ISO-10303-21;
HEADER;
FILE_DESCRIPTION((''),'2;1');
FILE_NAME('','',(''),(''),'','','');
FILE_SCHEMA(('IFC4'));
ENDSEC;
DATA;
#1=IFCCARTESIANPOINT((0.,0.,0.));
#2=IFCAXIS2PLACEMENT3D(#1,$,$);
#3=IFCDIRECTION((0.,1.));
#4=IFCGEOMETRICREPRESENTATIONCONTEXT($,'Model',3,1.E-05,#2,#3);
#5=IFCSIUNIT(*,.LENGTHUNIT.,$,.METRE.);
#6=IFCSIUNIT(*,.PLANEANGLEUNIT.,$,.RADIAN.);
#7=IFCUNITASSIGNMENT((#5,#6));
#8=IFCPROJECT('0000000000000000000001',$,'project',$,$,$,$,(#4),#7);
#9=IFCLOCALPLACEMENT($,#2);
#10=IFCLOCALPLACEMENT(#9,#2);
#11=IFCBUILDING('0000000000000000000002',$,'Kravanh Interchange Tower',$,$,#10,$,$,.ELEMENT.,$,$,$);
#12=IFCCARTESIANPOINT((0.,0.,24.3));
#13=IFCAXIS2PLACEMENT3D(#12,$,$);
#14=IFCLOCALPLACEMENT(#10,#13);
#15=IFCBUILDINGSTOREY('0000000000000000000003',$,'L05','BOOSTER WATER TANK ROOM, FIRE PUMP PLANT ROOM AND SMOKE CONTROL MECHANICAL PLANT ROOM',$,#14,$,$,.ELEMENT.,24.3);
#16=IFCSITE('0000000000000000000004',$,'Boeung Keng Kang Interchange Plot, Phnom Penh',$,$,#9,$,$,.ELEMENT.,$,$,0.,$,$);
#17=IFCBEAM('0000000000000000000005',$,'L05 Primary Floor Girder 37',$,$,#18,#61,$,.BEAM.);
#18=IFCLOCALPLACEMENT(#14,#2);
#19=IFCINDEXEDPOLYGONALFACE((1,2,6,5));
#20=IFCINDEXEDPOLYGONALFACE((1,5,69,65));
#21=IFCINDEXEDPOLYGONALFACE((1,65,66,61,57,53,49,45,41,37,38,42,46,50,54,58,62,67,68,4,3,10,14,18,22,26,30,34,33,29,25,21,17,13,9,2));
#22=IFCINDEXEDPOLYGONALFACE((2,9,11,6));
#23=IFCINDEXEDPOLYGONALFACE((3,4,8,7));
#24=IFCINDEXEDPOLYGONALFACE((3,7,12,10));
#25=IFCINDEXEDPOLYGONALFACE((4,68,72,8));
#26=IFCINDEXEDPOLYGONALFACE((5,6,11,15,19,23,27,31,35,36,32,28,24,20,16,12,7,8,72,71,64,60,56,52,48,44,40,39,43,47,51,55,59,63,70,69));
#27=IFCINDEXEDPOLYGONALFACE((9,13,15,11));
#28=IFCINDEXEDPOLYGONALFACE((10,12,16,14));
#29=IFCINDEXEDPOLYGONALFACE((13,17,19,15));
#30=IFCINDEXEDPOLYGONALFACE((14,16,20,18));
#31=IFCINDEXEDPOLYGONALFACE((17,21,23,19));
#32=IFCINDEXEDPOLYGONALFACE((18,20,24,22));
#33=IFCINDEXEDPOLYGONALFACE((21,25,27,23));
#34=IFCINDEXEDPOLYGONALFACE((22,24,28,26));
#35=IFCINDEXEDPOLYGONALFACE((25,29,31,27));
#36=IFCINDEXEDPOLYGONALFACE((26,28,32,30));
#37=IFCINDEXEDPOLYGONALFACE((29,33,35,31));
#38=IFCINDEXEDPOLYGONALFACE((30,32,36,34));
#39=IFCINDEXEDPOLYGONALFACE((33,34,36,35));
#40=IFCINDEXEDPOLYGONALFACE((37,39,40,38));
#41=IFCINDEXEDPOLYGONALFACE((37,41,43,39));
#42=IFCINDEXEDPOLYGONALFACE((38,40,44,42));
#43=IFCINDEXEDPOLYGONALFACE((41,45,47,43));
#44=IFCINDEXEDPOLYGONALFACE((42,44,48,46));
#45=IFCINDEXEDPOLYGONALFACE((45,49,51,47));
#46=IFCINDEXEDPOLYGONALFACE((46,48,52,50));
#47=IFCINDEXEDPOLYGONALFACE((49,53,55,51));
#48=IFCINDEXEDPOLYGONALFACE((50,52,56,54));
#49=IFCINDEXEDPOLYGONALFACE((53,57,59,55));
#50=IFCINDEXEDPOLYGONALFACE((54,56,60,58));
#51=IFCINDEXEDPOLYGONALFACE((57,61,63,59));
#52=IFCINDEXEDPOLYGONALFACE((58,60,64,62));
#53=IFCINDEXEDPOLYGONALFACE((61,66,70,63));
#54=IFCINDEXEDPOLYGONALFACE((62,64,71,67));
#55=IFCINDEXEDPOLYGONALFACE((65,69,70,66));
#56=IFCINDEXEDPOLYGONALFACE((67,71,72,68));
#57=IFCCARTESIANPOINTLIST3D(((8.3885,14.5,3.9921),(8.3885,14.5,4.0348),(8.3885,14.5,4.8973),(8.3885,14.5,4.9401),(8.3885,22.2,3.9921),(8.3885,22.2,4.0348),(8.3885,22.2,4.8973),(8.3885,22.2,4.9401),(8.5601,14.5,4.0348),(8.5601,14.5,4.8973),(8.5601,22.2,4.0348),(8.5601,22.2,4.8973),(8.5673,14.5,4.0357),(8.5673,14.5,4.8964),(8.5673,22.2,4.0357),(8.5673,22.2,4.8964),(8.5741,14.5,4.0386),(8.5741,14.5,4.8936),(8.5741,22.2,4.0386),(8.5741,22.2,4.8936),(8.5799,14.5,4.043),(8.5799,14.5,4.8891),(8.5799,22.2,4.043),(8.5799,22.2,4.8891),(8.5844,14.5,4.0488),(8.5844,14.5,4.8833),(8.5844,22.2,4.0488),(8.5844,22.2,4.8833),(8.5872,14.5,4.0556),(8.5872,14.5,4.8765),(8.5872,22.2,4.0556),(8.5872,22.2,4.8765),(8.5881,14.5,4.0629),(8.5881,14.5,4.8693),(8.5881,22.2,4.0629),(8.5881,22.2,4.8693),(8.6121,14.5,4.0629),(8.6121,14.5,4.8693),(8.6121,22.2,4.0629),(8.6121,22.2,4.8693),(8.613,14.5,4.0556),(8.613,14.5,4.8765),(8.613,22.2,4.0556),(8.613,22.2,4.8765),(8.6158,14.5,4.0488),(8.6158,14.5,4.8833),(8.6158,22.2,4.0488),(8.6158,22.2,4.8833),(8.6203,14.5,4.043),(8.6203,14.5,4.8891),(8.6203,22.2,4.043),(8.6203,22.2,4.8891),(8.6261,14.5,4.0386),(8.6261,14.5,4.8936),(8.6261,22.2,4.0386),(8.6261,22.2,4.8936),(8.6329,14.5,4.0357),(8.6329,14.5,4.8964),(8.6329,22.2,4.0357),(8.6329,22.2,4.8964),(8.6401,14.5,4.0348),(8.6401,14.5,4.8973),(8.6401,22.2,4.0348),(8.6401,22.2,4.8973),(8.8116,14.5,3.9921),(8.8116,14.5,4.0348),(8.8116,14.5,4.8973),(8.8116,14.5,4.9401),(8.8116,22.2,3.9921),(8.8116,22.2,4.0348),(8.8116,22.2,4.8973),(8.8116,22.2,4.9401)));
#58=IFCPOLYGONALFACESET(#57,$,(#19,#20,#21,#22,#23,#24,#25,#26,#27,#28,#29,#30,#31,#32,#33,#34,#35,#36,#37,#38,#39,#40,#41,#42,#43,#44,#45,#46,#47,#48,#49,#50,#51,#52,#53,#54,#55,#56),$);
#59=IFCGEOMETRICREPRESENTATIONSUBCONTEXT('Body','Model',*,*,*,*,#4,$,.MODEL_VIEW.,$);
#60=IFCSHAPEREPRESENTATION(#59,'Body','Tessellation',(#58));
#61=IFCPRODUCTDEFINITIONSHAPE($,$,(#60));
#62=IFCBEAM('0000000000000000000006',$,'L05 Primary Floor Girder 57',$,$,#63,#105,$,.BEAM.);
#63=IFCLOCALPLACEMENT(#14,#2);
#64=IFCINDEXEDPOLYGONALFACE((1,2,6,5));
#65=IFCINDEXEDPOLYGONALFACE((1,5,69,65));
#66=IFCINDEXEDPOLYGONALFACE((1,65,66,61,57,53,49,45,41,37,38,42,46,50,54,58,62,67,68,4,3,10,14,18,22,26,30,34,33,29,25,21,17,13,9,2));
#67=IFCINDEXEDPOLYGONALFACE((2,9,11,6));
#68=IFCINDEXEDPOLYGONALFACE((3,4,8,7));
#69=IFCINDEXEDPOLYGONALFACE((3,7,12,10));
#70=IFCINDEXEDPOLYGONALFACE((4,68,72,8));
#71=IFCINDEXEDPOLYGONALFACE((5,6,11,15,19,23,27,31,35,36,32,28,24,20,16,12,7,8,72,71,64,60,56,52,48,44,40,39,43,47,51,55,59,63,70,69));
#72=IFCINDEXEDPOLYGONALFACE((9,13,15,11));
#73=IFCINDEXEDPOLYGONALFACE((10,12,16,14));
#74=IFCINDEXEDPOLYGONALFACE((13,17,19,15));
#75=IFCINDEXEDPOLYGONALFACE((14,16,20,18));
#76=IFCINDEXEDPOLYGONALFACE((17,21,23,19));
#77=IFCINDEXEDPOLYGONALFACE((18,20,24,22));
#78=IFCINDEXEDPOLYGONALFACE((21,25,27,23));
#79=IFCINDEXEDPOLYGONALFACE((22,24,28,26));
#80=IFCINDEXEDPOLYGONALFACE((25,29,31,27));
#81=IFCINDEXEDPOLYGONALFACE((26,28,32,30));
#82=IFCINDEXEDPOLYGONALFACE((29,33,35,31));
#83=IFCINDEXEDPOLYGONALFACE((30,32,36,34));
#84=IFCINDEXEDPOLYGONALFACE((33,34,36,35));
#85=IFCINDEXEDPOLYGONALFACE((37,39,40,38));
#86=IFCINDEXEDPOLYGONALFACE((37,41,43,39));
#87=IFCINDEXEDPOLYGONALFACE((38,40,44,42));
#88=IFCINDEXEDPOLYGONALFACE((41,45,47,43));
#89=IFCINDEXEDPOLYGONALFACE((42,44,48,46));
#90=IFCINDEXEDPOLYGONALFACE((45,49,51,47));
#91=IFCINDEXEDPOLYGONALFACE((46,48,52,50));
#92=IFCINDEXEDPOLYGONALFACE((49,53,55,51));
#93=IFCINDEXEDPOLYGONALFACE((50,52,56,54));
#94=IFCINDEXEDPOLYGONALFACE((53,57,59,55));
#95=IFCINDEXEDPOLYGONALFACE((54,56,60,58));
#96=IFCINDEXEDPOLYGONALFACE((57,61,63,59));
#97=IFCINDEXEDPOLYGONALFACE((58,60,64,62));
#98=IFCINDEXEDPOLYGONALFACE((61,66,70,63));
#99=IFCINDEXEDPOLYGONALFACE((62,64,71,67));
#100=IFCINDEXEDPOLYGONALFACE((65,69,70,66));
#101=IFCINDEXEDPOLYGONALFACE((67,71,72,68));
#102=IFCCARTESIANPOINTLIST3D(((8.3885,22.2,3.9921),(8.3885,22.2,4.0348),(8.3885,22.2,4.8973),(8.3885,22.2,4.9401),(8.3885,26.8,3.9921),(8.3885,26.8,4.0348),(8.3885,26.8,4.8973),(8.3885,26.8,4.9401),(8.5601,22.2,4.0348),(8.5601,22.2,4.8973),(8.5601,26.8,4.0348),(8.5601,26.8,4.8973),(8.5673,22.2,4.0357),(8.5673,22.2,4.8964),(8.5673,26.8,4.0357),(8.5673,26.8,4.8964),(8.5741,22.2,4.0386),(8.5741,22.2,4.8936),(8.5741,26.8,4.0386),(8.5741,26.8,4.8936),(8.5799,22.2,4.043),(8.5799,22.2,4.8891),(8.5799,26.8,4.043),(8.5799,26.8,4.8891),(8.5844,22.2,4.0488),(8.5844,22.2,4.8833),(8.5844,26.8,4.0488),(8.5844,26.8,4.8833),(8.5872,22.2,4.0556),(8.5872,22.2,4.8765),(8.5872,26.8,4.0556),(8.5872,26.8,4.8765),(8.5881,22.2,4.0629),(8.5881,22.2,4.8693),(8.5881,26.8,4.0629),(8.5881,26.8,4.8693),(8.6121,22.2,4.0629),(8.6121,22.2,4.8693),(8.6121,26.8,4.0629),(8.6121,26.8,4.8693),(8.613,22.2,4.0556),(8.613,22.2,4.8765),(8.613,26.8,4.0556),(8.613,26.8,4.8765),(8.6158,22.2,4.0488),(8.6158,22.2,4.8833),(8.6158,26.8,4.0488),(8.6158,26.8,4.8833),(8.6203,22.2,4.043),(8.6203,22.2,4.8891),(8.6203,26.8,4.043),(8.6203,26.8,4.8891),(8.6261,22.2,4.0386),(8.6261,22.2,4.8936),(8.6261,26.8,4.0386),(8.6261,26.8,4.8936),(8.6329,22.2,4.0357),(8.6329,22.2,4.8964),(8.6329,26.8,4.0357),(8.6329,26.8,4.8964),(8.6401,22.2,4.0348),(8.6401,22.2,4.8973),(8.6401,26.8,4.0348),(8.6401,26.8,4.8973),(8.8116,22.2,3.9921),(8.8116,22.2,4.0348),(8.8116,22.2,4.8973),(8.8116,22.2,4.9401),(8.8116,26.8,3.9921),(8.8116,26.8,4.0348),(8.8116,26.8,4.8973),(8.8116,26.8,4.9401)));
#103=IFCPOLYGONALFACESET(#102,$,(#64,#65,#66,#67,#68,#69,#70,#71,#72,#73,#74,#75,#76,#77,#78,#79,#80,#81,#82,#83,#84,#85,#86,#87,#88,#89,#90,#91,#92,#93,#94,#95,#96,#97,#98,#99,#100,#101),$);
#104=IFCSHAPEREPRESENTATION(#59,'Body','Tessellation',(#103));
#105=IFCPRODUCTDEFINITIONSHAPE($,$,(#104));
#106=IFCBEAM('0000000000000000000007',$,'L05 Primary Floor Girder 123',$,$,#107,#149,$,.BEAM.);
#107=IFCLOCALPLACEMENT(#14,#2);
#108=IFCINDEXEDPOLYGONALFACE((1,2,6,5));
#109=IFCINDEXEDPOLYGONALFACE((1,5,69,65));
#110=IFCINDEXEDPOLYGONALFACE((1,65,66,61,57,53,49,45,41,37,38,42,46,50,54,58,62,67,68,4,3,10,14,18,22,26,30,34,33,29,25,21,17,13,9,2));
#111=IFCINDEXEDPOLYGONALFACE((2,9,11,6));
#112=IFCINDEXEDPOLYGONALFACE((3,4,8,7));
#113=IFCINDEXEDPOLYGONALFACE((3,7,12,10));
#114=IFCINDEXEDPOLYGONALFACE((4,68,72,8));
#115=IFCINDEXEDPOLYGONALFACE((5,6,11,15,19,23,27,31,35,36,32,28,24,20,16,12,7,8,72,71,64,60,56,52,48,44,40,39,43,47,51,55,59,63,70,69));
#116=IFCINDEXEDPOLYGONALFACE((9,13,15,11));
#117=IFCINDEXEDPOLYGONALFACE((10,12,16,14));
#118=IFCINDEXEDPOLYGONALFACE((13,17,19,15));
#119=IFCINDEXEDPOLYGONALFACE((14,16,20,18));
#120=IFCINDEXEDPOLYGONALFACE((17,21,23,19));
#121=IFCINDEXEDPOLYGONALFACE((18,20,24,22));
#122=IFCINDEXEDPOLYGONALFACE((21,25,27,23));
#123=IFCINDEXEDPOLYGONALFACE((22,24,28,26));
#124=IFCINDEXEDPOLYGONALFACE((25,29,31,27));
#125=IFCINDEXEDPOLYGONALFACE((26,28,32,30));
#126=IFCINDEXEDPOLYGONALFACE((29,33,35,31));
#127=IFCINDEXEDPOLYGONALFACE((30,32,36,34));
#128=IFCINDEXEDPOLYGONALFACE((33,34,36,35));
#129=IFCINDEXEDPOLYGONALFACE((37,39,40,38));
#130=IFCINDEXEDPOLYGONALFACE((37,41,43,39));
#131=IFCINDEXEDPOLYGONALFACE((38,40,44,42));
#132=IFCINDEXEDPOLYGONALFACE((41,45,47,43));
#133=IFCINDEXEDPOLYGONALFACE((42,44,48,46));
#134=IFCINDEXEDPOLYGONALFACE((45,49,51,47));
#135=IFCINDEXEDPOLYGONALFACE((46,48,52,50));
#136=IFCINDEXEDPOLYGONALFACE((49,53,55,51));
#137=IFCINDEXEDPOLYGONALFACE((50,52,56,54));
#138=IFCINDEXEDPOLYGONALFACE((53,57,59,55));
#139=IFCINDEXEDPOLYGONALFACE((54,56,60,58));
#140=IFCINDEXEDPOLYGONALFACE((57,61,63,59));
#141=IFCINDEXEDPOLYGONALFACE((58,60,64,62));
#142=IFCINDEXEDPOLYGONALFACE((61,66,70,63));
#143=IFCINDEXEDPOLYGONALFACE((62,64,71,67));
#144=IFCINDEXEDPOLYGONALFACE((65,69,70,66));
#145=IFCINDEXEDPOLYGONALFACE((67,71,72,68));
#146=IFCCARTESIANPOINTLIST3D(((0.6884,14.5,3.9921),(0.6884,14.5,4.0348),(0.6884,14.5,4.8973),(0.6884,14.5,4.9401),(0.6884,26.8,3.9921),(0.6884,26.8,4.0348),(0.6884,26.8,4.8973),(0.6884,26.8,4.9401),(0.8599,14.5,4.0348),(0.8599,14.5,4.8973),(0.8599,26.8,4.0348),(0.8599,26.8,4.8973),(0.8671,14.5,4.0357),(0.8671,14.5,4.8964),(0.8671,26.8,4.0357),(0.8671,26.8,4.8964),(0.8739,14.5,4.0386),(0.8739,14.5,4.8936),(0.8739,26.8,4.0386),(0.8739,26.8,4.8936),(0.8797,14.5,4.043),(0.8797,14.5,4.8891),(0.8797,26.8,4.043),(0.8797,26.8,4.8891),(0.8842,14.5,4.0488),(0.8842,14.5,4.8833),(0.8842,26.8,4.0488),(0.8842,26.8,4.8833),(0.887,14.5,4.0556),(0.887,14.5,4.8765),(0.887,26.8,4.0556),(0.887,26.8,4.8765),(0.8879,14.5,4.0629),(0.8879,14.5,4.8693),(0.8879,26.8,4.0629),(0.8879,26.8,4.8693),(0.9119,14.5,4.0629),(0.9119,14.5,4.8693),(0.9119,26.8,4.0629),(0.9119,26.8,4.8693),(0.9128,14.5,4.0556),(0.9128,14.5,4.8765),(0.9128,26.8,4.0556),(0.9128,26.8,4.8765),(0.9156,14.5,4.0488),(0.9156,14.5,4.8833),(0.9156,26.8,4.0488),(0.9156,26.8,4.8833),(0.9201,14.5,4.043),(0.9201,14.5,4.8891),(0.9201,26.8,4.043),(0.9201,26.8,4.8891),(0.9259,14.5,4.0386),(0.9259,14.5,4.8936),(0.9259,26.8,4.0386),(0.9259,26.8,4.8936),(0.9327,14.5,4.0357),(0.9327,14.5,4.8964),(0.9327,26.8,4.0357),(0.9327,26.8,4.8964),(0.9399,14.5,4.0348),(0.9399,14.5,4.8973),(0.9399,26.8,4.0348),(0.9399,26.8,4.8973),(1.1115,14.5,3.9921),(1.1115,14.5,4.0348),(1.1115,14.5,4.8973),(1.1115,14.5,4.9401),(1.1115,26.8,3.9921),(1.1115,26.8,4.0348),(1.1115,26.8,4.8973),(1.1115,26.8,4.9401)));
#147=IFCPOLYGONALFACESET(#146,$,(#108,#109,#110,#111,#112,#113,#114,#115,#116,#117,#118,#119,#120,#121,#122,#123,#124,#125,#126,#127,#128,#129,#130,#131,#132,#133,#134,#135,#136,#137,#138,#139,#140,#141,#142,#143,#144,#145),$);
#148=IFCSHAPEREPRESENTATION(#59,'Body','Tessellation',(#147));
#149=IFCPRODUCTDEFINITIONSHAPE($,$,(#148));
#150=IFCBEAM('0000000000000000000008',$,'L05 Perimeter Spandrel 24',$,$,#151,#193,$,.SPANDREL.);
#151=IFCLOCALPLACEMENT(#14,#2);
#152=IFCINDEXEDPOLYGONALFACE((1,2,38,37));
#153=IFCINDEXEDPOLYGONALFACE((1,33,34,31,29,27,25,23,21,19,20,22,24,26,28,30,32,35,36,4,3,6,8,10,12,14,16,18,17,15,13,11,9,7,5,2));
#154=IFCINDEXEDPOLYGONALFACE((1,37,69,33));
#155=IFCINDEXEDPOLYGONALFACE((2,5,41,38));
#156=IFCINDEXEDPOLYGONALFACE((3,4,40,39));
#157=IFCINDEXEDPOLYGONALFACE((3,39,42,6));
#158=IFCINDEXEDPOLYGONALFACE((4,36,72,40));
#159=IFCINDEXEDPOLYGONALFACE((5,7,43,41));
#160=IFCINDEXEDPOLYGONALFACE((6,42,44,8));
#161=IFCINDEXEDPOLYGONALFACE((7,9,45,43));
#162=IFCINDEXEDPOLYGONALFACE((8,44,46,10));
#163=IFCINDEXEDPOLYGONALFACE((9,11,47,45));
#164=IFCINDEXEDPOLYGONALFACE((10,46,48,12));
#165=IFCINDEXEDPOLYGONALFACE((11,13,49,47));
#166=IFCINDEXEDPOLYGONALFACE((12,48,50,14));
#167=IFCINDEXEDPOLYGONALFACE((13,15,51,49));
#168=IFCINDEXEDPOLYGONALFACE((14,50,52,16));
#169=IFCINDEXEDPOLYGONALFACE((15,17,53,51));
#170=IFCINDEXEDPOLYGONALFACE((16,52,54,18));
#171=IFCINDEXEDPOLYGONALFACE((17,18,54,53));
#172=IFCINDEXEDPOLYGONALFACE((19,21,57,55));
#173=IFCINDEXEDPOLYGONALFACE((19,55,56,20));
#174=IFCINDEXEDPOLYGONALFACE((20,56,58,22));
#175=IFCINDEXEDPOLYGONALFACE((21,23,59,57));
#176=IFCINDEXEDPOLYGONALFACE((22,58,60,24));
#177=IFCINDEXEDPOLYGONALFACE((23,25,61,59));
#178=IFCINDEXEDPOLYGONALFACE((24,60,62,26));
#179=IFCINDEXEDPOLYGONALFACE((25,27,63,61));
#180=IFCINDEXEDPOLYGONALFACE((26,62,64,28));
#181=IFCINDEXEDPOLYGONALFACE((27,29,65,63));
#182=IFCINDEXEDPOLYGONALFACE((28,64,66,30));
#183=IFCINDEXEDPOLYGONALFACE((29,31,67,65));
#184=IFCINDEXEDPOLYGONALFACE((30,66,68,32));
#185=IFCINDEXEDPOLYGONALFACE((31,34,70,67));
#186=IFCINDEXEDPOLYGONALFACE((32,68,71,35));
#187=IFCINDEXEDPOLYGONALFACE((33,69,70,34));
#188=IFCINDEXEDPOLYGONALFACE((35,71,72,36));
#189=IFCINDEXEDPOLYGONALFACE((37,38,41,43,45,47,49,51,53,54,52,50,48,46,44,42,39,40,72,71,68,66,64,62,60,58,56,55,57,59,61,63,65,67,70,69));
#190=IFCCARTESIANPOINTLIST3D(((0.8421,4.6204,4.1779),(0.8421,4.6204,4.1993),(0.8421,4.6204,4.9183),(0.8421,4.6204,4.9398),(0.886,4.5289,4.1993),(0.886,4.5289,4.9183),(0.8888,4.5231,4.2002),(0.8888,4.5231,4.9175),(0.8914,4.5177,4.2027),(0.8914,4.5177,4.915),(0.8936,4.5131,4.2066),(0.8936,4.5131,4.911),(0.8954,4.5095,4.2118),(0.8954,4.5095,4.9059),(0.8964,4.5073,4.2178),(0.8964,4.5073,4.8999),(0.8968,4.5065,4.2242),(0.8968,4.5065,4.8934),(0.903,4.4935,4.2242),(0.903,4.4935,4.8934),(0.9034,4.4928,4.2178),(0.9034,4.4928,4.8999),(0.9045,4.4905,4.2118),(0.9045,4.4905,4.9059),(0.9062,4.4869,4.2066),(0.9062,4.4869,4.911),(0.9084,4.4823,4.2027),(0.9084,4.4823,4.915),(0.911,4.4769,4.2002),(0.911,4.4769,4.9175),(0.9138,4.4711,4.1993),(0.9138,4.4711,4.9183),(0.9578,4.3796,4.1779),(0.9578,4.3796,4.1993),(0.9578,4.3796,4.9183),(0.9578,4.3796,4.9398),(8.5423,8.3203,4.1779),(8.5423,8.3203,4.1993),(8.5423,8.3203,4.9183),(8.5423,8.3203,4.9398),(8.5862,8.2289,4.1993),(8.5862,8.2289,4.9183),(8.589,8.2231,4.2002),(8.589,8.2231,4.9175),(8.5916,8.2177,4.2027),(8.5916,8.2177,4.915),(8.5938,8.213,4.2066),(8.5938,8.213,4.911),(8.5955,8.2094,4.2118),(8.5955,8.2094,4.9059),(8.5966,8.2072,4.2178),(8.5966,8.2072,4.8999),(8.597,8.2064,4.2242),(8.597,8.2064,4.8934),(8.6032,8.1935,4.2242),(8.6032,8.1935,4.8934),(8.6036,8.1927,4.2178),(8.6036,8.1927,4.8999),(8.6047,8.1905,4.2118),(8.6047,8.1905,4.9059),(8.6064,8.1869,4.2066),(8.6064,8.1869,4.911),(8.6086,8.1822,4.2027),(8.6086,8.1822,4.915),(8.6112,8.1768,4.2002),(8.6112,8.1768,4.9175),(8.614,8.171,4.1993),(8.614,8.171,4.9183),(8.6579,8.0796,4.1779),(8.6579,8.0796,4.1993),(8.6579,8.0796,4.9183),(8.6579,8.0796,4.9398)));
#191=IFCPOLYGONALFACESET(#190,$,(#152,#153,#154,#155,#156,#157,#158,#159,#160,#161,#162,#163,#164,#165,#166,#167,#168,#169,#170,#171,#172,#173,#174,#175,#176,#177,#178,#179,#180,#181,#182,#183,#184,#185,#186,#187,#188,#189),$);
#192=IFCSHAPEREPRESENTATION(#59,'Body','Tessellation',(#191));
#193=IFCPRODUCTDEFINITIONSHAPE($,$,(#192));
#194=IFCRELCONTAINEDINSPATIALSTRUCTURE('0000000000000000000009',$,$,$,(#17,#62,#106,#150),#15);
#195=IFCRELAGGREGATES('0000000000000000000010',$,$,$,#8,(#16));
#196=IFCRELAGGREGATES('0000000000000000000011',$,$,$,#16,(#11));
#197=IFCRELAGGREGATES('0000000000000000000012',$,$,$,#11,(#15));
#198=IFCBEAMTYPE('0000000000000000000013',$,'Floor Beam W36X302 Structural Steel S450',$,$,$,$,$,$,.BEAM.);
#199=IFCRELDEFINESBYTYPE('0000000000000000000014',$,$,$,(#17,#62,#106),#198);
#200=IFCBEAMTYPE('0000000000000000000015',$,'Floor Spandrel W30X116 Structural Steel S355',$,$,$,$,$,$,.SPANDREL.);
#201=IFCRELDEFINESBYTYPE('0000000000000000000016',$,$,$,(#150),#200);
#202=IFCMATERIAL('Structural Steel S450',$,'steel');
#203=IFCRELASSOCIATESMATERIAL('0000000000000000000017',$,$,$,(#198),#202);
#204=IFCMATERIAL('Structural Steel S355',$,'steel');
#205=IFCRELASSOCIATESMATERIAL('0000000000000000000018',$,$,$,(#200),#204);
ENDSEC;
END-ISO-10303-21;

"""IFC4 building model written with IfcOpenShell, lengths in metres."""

from ifc_helpers import new_model, si_unit, direction, frame, origin, origin_2d, place, context, subcontext, project, spatial, i_section, extrude, material, material_profile, profile_set, type_object, element, save


model = new_model("IFC4")

# Units and contexts
model_context = context("Model", 3, precision=1e-05, world=origin(), true_north=direction((0.0, 1.0)))
body_context = subcontext(model_context, "Body", "Model", "MODEL_VIEW")
ifc_project = project(units=[si_unit("LENGTHUNIT", "METRE"), si_unit("PLANEANGLEUNIT", "RADIAN")], contexts=[model_context])

# Site, building, storey
site_placement = place(None, origin())
site = spatial("IfcSite", under=ifc_project, at=site_placement, Name="Boeung Keng Kang Interchange Plot, Phnom Penh", CompositionType="ELEMENT", RefElevation=0.0)
building_placement = place(site_placement, origin())
building = spatial("IfcBuilding", under=site, at=building_placement, Name="Kravanh Interchange Tower", CompositionType="ELEMENT")
storey_placement = place(building_placement, frame((0.0, 0.0, 24.3)))
storey = spatial("IfcBuildingStorey", under=building, at=storey_placement, Name="L05", Description="BOOSTER WATER TANK ROOM, FIRE PUMP PLANT ROOM AND SMOKE CONTROL MECHANICAL PLANT ROOM", CompositionType="ELEMENT", Elevation=24.3)

# Beams
ifc_material_1 = material(Name="Structural Steel S450", Category="steel")
ifc_material_profile_1 = material_profile(ifc_material_1, i_section(OverallWidth=0.4231, OverallDepth=0.948, WebThickness=0.0239, FlangeThickness=0.0427, FilletRadius=0.0281, at=origin_2d()), Name="W36X302")
ifc_profile_set_1 = profile_set([ifc_material_profile_1], Name="Structural Steel S450")
beam_type_1 = type_object("IfcBeamType", Name="Floor Beam W36X302 Structural Steel S450", PredefinedType="BEAM", material=ifc_profile_set_1)
beam_1_placement = place(storey_placement, frame((8.6001, 14.5, 4.4661), z_axis=(0.0, 1.0, 0.0), x_axis=(-1.0, 0.0, 0.0)))
element("IfcBeam", 1, at=beam_1_placement, inside=storey, type_object=beam_type_1, Name="L05 Primary Floor Girder 37", PredefinedType="BEAM", context=body_context, shape_type="SweptSolid", body=[
    extrude(i_section(OverallWidth=0.4231, OverallDepth=0.948, WebThickness=0.0239, FlangeThickness=0.0427, FilletRadius=0.0281, at=origin_2d()), origin(), (0.0, 0.0, 1.0), 7.7),
])
beam_2_placement = place(storey_placement, frame((8.6001, 22.2, 4.4661), z_axis=(0.0, 1.0, 0.0), x_axis=(-1.0, 0.0, 0.0)))
element("IfcBeam", 2, at=beam_2_placement, inside=storey, type_object=beam_type_1, Name="L05 Primary Floor Girder 57", PredefinedType="BEAM", context=body_context, shape_type="SweptSolid", body=[
    extrude(i_section(OverallWidth=0.4231, OverallDepth=0.948, WebThickness=0.0239, FlangeThickness=0.0427, FilletRadius=0.0281, at=origin_2d()), origin(), (0.0, 0.0, 1.0), 4.6001),
])
beam_3_placement = place(storey_placement, frame((0.8999, 14.5, 4.4661), z_axis=(0.0, 1.0, 0.0), x_axis=(-1.0, 0.0, 0.0)))
element("IfcBeam", 3, at=beam_3_placement, inside=storey, type_object=beam_type_1, Name="L05 Primary Floor Girder 123", PredefinedType="BEAM", context=body_context, shape_type="SweptSolid", body=[
    extrude(i_section(OverallWidth=0.4231, OverallDepth=0.948, WebThickness=0.0239, FlangeThickness=0.0427, FilletRadius=0.0281, at=origin_2d()), origin(), (0.0, 0.0, 1.0), 12.3),
])
ifc_material_2 = material(Name="Structural Steel S355", Category="steel")
ifc_material_profile_2 = material_profile(ifc_material_2, i_section(OverallWidth=0.2671, OverallDepth=0.762, WebThickness=0.0144, FlangeThickness=0.0215, FilletRadius=0.0249, at=origin_2d()), Name="W30X116")
ifc_profile_set_2 = profile_set([ifc_material_profile_2], Name="Structural Steel S355")
beam_type_2 = type_object("IfcBeamType", Name="Floor Spandrel W30X116 Structural Steel S355", PredefinedType="SPANDREL", material=ifc_profile_set_2)
beam_4_placement = place(storey_placement, frame((8.6001, 8.2, 4.5588), z_axis=(-0.901347, -0.433098, 0.0), x_axis=(0.433098, -0.901347, 0.0)))
element("IfcBeam", 4, at=beam_4_placement, inside=storey, type_object=beam_type_2, Name="L05 Perimeter Spandrel 24", PredefinedType="SPANDREL", context=body_context, shape_type="SweptSolid", body=[
    extrude(i_section(OverallWidth=0.2671, OverallDepth=0.762, WebThickness=0.0144, FlangeThickness=0.0215, FilletRadius=0.0249, at=origin_2d()), origin(), (0.0, 0.0, 1.0), 8.543),
])

save(model, "model.ifc")
